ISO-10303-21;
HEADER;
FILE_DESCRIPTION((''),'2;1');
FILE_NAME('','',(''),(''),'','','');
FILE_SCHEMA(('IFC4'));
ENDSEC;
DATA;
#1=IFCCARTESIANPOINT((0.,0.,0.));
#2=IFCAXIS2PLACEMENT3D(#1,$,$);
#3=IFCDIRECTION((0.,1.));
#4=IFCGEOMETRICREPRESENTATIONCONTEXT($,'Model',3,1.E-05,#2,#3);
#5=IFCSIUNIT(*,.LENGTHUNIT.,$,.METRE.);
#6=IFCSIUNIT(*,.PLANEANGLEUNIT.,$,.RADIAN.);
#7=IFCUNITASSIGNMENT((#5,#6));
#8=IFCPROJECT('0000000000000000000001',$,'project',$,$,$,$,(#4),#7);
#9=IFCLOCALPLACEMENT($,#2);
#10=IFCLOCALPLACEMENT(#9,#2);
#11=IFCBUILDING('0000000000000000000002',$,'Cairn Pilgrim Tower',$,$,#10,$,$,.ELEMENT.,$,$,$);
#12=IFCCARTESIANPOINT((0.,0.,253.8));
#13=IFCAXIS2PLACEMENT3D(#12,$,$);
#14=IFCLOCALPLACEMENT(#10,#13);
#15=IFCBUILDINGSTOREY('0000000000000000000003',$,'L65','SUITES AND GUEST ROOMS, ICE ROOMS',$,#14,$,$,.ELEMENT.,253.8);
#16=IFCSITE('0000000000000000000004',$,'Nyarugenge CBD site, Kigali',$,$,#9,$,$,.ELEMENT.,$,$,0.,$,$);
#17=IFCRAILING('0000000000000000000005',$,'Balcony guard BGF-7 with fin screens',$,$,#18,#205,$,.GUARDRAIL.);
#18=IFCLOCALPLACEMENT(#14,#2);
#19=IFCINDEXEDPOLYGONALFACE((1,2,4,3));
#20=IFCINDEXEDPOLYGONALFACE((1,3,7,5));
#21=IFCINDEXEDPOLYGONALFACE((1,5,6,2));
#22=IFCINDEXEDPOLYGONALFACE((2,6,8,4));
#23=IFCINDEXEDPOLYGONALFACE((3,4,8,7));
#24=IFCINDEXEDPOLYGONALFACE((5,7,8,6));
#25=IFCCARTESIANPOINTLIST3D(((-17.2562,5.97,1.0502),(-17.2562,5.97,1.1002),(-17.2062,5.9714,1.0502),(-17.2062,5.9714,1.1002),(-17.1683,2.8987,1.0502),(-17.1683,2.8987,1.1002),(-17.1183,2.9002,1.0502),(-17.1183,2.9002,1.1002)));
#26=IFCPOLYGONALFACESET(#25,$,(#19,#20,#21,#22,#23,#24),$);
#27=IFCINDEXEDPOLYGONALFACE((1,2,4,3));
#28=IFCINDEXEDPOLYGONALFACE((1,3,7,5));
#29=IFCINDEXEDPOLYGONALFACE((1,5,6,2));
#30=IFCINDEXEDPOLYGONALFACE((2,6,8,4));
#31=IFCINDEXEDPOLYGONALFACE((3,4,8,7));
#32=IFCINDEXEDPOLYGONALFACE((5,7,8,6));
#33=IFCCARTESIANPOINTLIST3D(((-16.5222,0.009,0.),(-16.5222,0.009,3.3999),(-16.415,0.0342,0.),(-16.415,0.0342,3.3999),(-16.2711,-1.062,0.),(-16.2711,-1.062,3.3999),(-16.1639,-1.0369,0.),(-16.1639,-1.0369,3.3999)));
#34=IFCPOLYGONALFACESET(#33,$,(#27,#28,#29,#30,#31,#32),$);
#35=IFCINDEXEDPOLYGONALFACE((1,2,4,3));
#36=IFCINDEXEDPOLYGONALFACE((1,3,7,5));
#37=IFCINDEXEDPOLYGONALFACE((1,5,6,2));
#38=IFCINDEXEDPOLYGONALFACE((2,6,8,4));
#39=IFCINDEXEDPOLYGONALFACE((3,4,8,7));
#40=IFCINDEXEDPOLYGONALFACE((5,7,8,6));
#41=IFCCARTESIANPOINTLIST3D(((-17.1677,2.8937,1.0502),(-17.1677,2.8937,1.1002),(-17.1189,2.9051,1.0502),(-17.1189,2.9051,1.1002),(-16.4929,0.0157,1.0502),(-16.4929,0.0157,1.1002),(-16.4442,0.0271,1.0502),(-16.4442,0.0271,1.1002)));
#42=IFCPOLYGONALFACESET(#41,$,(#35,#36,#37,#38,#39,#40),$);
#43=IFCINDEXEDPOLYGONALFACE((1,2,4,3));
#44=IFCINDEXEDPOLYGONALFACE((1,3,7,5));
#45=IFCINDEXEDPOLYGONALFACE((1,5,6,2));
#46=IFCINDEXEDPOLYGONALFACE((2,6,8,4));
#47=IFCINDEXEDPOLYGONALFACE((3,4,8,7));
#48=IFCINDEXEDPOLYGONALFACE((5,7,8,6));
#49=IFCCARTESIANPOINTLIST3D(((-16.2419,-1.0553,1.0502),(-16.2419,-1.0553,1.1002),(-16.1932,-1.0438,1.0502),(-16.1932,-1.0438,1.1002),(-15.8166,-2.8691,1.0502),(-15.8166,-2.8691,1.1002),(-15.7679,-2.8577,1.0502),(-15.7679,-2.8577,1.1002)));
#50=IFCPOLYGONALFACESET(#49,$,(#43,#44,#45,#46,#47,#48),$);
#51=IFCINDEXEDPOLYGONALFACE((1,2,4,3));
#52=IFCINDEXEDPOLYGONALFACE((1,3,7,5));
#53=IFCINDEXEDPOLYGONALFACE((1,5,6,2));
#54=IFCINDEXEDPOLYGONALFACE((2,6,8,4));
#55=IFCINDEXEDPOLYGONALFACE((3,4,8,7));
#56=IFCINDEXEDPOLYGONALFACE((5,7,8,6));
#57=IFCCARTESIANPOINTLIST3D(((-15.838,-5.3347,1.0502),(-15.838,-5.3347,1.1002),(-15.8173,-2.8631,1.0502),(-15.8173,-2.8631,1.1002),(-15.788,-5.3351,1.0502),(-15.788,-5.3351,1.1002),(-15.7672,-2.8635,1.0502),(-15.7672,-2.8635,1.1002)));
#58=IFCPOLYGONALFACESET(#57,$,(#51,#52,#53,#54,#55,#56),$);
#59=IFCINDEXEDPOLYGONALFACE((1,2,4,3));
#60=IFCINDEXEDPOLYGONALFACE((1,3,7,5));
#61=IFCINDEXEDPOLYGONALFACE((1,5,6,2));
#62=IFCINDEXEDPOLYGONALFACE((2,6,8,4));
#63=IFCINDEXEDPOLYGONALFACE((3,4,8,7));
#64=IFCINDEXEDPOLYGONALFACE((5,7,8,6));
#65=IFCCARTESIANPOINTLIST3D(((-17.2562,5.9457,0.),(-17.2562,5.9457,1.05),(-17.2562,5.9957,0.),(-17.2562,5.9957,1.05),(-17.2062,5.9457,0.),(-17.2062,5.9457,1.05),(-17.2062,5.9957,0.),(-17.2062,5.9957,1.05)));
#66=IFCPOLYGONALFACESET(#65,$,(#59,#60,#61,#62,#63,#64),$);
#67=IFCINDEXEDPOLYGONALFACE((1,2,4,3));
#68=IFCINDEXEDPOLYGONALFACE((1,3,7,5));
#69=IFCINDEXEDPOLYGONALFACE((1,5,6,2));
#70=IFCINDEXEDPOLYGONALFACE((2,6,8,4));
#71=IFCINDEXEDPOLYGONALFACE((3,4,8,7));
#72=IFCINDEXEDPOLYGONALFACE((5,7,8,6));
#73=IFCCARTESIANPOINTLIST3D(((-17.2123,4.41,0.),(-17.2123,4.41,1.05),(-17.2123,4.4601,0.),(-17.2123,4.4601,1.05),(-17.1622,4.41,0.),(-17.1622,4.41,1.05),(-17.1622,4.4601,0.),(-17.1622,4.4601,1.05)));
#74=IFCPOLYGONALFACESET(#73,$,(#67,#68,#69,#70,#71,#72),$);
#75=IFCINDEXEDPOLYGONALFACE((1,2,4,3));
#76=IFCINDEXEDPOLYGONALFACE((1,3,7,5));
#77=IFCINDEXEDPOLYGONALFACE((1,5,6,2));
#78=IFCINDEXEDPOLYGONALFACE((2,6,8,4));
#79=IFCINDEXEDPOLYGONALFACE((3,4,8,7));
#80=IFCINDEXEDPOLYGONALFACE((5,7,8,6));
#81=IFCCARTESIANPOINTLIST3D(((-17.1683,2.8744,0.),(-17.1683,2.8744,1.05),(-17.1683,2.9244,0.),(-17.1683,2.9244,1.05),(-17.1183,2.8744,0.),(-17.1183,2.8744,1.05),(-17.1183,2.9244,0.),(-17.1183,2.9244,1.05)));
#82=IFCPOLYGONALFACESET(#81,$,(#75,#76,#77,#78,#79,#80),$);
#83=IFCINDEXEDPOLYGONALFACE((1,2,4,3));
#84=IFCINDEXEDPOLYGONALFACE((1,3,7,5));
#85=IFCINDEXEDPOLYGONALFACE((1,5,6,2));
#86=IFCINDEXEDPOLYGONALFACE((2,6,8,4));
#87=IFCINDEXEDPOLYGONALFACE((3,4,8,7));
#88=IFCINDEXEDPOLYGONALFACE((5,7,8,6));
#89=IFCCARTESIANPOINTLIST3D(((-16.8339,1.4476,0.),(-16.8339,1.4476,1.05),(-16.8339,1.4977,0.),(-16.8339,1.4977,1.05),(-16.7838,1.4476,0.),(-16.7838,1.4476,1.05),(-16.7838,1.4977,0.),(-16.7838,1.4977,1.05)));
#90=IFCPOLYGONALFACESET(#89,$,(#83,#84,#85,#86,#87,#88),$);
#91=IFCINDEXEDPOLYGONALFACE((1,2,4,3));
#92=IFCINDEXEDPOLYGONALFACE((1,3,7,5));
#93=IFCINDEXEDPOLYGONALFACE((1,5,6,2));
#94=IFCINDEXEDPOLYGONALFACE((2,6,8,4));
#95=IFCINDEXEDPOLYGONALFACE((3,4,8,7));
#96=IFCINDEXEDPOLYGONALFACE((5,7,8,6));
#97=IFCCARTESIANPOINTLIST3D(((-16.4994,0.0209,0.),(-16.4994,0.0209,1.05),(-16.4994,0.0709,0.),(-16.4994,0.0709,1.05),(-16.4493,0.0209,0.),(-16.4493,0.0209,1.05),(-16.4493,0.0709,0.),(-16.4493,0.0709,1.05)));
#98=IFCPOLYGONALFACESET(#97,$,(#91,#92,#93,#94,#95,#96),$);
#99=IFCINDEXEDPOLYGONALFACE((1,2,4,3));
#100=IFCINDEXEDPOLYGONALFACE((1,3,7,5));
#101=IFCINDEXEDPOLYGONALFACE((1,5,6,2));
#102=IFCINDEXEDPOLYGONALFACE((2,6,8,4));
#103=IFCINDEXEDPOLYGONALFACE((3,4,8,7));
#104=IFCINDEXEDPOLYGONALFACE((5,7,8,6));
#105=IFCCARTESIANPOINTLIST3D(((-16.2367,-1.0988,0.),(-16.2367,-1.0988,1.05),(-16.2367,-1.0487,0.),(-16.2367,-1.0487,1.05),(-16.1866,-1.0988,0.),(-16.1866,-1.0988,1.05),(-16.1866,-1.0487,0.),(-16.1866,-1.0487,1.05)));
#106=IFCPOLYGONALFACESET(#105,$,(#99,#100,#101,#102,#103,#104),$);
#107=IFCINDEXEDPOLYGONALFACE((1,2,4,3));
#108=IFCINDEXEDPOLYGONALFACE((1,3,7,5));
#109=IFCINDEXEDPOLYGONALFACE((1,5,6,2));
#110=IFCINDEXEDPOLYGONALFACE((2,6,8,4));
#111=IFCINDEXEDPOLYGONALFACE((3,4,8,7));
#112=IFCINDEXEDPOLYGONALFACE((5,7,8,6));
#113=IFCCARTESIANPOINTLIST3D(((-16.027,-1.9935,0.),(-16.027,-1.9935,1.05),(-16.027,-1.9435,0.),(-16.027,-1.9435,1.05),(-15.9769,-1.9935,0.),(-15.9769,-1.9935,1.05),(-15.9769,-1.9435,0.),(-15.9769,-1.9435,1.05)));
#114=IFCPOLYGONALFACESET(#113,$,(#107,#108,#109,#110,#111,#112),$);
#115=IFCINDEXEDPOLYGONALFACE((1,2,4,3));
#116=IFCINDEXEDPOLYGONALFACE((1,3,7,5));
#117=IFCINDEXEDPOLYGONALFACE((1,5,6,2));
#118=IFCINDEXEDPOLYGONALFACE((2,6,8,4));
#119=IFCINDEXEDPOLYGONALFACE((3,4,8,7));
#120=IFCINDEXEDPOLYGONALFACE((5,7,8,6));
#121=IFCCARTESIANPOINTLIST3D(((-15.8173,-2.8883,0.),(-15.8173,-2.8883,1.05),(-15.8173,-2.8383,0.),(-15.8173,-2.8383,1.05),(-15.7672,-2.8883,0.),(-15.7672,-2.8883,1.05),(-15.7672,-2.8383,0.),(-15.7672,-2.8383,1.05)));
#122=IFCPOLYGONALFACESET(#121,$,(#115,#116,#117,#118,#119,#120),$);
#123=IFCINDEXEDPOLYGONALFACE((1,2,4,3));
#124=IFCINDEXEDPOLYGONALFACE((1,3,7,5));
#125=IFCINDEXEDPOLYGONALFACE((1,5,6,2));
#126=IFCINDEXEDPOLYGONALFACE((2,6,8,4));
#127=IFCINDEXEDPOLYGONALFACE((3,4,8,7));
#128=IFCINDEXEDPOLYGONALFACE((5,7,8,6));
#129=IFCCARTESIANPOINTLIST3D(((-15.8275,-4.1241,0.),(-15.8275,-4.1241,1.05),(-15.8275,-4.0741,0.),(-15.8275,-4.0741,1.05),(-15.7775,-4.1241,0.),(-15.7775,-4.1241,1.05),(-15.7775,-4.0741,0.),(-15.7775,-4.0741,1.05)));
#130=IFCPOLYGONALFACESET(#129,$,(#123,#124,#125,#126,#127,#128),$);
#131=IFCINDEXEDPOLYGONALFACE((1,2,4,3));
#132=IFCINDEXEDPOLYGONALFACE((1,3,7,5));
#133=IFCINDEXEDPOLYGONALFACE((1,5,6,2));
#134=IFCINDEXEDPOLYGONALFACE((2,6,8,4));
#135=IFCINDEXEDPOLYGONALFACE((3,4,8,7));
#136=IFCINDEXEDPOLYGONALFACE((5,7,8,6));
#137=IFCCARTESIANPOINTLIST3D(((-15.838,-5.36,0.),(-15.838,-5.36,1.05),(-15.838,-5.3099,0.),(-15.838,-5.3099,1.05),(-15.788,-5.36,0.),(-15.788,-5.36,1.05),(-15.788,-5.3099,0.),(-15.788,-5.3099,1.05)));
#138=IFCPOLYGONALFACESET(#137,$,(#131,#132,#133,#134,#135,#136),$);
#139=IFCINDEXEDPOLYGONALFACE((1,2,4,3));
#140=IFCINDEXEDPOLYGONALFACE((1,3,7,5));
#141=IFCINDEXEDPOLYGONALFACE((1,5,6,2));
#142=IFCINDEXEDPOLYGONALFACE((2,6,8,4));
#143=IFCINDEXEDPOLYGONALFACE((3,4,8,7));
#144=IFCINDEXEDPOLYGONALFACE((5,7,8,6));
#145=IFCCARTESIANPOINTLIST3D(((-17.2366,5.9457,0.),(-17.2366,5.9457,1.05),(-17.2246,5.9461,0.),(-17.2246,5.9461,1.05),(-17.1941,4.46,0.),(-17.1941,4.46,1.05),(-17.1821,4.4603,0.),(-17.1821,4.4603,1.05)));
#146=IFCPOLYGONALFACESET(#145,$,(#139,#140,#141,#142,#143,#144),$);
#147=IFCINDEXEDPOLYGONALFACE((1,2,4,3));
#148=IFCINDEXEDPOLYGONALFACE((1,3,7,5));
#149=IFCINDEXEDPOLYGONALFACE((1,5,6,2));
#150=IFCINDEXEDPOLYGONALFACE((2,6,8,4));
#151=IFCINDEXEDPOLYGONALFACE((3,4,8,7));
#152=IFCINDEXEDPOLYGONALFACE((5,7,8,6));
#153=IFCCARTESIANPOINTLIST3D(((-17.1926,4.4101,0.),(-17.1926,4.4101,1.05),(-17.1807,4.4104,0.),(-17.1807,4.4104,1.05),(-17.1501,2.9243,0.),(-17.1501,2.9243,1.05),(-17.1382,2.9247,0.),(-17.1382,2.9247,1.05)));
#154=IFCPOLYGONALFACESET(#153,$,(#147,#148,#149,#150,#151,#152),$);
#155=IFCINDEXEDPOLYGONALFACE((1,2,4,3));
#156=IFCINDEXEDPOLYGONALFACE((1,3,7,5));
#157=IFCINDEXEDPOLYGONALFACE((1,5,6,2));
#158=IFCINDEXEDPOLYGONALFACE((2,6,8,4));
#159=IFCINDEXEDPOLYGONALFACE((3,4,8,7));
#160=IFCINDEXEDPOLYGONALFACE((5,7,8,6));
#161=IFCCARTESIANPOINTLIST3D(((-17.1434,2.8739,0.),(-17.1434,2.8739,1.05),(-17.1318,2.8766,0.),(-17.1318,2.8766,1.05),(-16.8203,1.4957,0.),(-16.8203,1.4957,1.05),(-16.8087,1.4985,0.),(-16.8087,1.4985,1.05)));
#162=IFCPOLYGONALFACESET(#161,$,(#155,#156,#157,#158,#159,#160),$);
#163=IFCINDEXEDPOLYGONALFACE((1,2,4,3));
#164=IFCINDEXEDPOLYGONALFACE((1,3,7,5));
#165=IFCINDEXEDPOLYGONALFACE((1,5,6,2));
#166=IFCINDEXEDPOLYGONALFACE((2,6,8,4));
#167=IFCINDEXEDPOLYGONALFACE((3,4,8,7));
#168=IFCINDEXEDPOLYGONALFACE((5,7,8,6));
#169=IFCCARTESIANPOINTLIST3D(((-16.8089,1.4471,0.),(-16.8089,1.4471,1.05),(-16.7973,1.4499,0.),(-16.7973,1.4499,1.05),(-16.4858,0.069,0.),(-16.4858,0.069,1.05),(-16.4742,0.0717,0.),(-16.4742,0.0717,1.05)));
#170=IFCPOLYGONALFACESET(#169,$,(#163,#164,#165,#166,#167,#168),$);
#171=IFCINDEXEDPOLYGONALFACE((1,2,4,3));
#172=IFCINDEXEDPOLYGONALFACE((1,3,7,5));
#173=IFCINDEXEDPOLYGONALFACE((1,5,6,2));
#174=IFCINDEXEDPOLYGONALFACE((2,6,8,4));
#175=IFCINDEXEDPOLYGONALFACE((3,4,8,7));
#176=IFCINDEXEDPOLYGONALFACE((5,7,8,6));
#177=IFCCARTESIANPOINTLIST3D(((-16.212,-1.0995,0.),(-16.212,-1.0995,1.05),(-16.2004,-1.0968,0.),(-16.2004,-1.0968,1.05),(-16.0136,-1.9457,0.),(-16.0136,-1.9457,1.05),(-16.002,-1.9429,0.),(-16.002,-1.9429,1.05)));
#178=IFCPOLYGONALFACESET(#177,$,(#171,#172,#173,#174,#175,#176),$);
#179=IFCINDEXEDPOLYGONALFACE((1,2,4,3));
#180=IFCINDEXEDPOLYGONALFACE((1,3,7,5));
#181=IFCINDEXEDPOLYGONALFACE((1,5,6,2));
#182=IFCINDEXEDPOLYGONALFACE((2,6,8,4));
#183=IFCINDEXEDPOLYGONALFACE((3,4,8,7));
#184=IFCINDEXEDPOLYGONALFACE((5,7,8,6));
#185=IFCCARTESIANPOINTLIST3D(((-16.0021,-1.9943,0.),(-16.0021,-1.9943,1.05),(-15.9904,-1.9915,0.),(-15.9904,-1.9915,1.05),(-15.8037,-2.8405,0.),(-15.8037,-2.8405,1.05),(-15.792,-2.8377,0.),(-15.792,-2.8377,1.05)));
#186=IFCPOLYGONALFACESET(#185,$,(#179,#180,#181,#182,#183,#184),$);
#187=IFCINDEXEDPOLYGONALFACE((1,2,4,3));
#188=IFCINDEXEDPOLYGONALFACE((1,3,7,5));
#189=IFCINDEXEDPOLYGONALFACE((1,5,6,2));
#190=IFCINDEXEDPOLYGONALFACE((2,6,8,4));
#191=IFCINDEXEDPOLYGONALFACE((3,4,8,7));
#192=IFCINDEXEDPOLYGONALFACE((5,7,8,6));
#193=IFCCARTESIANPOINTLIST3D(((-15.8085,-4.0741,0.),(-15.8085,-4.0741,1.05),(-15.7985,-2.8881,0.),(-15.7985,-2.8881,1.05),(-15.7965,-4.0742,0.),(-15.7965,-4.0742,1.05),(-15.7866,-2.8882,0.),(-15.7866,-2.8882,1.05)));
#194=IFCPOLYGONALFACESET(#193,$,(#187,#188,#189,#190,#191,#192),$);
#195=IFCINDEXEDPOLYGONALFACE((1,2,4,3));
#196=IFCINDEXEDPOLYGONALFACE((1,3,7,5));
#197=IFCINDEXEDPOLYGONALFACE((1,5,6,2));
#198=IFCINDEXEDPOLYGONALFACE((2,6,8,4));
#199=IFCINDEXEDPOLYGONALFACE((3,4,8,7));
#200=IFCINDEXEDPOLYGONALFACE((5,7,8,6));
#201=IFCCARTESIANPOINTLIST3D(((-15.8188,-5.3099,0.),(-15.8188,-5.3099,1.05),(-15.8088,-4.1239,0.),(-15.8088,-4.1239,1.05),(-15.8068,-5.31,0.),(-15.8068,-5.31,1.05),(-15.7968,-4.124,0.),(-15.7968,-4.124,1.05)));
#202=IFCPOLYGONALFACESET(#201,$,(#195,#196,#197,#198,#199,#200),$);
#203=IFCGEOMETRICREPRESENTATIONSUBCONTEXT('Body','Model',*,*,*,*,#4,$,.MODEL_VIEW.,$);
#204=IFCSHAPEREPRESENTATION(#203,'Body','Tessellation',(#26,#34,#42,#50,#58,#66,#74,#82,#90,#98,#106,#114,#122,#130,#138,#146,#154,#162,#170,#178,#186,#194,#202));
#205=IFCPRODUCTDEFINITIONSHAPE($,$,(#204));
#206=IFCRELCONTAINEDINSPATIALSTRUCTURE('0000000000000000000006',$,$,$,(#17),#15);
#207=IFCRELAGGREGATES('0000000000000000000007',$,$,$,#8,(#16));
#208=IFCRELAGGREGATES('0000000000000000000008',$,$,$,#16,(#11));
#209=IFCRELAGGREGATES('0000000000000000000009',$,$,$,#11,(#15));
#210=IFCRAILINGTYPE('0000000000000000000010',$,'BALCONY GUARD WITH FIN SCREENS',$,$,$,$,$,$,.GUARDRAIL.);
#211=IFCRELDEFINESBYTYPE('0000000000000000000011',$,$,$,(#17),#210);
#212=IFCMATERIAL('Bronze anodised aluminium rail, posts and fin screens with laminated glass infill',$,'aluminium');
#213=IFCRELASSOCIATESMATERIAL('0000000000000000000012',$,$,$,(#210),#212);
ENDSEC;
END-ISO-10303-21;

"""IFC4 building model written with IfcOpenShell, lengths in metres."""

from ifc_helpers import new_model, si_unit, direction, frame, origin, origin_2d, place, context, subcontext, project, spatial, polyline, rectangle, outline, extrude, material, type_object, element, save


model = new_model("IFC4")

# Units and contexts
model_context = context("Model", 3, precision=1e-05, world=origin(), true_north=direction((0.0, 1.0)))
body_context = subcontext(model_context, "Body", "Model", "MODEL_VIEW")
ifc_project = project(units=[si_unit("LENGTHUNIT", "METRE"), si_unit("PLANEANGLEUNIT", "RADIAN")], contexts=[model_context])

# Site, building, storey
site_placement = place(None, origin())
site = spatial("IfcSite", under=ifc_project, at=site_placement, Name="Nyarugenge CBD site, Kigali", CompositionType="ELEMENT", RefElevation=0.0)
building_placement = place(site_placement, origin())
building = spatial("IfcBuilding", under=site, at=building_placement, Name="Cairn Pilgrim Tower", CompositionType="ELEMENT")
storey_placement = place(building_placement, frame((0.0, 0.0, 253.8)))
storey = spatial("IfcBuildingStorey", under=building, at=storey_placement, Name="L65", Description="SUITES AND GUEST ROOMS, ICE ROOMS", CompositionType="ELEMENT", Elevation=253.8)

# Railing
ifc_material_1 = material(Name="Bronze anodised aluminium rail, posts and fin screens with laminated glass infill", Category="aluminium")
railing_type = type_object("IfcRailingType", Name="BALCONY GUARD WITH FIN SCREENS", PredefinedType="GUARDRAIL", material=ifc_material_1)
railing_placement = place(storey_placement, frame((-17.2312, 5.9707, 0.0)))
element("IfcRailing", 1, at=railing_placement, inside=storey, type_object=railing_type, Name="Balcony guard BGF-7 with fin screens", PredefinedType="GUARDRAIL", context=body_context, shape_type="SweptSolid", body=[
    extrude(rectangle(XDim=0.05, YDim=0.05, at=origin_2d()), frame((0.0, 0.0, 1.0752), z_axis=(0.028605, -0.999591, 0.0), x_axis=(0.999591, 0.028605, 0.0)), (0.0, 0.0, 1.0), 3.0725),
    extrude(rectangle(XDim=1.1001, YDim=0.1101, at=origin_2d()), frame((0.8882, -6.4846, 0.0), z_axis=(0.0, 0.0, 1.0), x_axis=(0.228262, -0.9736, 0.0)), (0.0, 0.0, 1.0), 3.3999),
    extrude(rectangle(XDim=0.05, YDim=0.05, at=origin_2d()), frame((0.0879, -3.0713, 1.0752), z_axis=(0.228262, -0.9736, 0.0), x_axis=(0.9736, 0.228262, 0.0)), (0.0, 0.0, 1.0), 2.9561),
    extrude(rectangle(XDim=0.05, YDim=0.05, at=origin_2d()), frame((1.0137, -7.0203, 1.0752), z_axis=(0.228262, -0.9736, 0.0), x_axis=(0.9736, 0.228262, 0.0)), (0.0, 0.0, 1.0), 1.863),
    extrude(rectangle(XDim=0.05, YDim=0.05, at=origin_2d()), frame((1.439, -8.834, 1.0752), z_axis=(-0.008396, -0.999965, 0.0), x_axis=(0.999965, -0.008396, 0.0)), (0.0, 0.0, 1.0), 2.4717),
    extrude(rectangle(XDim=0.05, YDim=0.05, at=origin_2d()), origin(), (0.0, 0.0, 1.0), 1.05),
    extrude(rectangle(XDim=0.05, YDim=0.05, at=origin_2d()), frame((0.0439, -1.5356, 0.0)), (0.0, 0.0, 1.0), 1.05),
    extrude(rectangle(XDim=0.05, YDim=0.05, at=origin_2d()), frame((0.0879, -3.0713, 0.0)), (0.0, 0.0, 1.0), 1.05),
    extrude(rectangle(XDim=0.05, YDim=0.05, at=origin_2d()), frame((0.4224, -4.498, 0.0)), (0.0, 0.0, 1.0), 1.05),
    extrude(rectangle(XDim=0.05, YDim=0.05, at=origin_2d()), frame((0.7568, -5.9248, 0.0)), (0.0, 0.0, 1.0), 1.05),
    extrude(rectangle(XDim=0.05, YDim=0.05, at=origin_2d()), frame((1.0195, -7.0444, 0.0)), (0.0, 0.0, 1.0), 1.05),
    extrude(rectangle(XDim=0.05, YDim=0.05, at=origin_2d()), frame((1.2292, -7.9392, 0.0)), (0.0, 0.0, 1.0), 1.05),
    extrude(rectangle(XDim=0.05, YDim=0.05, at=origin_2d()), frame((1.439, -8.834, 0.0)), (0.0, 0.0, 1.0), 1.05),
    extrude(rectangle(XDim=0.05, YDim=0.05, at=origin_2d()), frame((1.4287, -10.0698, 0.0)), (0.0, 0.0, 1.0), 1.05),
    extrude(rectangle(XDim=0.05, YDim=0.05, at=origin_2d()), frame((1.4182, -11.3057, 0.0)), (0.0, 0.0, 1.0), 1.05),
    extrude(outline(polyline([(0.0249, 0.0), (1.5112, 0.0), (1.5112, 1.05), (0.0249, 1.05), (0.0249, 0.0)])), frame((0.0059, 0.0002, 0.0), z_axis=(-0.999591, -0.028605, 0.0), x_axis=(0.028605, -0.999591, 0.0)), (0.0, 0.0, 1.0), 0.012),
    extrude(outline(polyline([(0.0249, 0.0), (1.5112, 0.0), (1.5112, 1.05), (0.0249, 1.05), (0.0249, 0.0)])), frame((0.0498, -1.5354, 0.0), z_axis=(-0.999591, -0.028605, 0.0), x_axis=(0.028605, -0.999591, 0.0)), (0.0, 0.0, 1.0), 0.012),
    extrude(outline(polyline([(0.0249, 0.0), (1.4404, 0.0), (1.4404, 1.05), (0.0249, 1.05), (0.0249, 0.0)])), frame((0.0938, -3.0698, 0.0), z_axis=(-0.9736, -0.228262, 0.0), x_axis=(0.228262, -0.9736, 0.0)), (0.0, 0.0, 1.0), 0.012),
    extrude(outline(polyline([(0.0249, 0.0), (1.4404, 0.0), (1.4404, 1.05), (0.0249, 1.05), (0.0249, 0.0)])), frame((0.4282, -4.4966, 0.0), z_axis=(-0.9736, -0.228262, 0.0), x_axis=(0.228262, -0.9736, 0.0)), (0.0, 0.0, 1.0), 0.012),
    extrude(outline(polyline([(0.0249, 0.0), (0.894, 0.0), (0.894, 1.05), (0.0249, 1.05), (0.0249, 0.0)])), frame((1.0251, -7.0432, 0.0), z_axis=(-0.9736, -0.228262, 0.0), x_axis=(0.228262, -0.9736, 0.0)), (0.0, 0.0, 1.0), 0.012),
    extrude(outline(polyline([(0.0249, 0.0), (0.894, 0.0), (0.894, 1.05), (0.0249, 1.05), (0.0249, 0.0)])), frame((1.2351, -7.938, 0.0), z_axis=(-0.9736, -0.228262, 0.0), x_axis=(0.228262, -0.9736, 0.0)), (0.0, 0.0, 1.0), 0.012),
    extrude(outline(polyline([(0.0249, 0.0), (1.2109, 0.0), (1.2109, 1.05), (0.0249, 1.05), (0.0249, 0.0)])), frame((1.4448, -8.834, 0.0), z_axis=(-0.999965, 0.008396, 0.0), x_axis=(-0.008396, -0.999965, 0.0)), (0.0, 0.0, 1.0), 0.012),
    extrude(outline(polyline([(0.0249, 0.0), (1.2109, 0.0), (1.2109, 1.05), (0.0249, 1.05), (0.0249, 0.0)])), frame((1.4346, -10.0698, 0.0), z_axis=(-0.999965, 0.008396, 0.0), x_axis=(-0.008396, -0.999965, 0.0)), (0.0, 0.0, 1.0), 0.012),
])

save(model, "model.ifc")
